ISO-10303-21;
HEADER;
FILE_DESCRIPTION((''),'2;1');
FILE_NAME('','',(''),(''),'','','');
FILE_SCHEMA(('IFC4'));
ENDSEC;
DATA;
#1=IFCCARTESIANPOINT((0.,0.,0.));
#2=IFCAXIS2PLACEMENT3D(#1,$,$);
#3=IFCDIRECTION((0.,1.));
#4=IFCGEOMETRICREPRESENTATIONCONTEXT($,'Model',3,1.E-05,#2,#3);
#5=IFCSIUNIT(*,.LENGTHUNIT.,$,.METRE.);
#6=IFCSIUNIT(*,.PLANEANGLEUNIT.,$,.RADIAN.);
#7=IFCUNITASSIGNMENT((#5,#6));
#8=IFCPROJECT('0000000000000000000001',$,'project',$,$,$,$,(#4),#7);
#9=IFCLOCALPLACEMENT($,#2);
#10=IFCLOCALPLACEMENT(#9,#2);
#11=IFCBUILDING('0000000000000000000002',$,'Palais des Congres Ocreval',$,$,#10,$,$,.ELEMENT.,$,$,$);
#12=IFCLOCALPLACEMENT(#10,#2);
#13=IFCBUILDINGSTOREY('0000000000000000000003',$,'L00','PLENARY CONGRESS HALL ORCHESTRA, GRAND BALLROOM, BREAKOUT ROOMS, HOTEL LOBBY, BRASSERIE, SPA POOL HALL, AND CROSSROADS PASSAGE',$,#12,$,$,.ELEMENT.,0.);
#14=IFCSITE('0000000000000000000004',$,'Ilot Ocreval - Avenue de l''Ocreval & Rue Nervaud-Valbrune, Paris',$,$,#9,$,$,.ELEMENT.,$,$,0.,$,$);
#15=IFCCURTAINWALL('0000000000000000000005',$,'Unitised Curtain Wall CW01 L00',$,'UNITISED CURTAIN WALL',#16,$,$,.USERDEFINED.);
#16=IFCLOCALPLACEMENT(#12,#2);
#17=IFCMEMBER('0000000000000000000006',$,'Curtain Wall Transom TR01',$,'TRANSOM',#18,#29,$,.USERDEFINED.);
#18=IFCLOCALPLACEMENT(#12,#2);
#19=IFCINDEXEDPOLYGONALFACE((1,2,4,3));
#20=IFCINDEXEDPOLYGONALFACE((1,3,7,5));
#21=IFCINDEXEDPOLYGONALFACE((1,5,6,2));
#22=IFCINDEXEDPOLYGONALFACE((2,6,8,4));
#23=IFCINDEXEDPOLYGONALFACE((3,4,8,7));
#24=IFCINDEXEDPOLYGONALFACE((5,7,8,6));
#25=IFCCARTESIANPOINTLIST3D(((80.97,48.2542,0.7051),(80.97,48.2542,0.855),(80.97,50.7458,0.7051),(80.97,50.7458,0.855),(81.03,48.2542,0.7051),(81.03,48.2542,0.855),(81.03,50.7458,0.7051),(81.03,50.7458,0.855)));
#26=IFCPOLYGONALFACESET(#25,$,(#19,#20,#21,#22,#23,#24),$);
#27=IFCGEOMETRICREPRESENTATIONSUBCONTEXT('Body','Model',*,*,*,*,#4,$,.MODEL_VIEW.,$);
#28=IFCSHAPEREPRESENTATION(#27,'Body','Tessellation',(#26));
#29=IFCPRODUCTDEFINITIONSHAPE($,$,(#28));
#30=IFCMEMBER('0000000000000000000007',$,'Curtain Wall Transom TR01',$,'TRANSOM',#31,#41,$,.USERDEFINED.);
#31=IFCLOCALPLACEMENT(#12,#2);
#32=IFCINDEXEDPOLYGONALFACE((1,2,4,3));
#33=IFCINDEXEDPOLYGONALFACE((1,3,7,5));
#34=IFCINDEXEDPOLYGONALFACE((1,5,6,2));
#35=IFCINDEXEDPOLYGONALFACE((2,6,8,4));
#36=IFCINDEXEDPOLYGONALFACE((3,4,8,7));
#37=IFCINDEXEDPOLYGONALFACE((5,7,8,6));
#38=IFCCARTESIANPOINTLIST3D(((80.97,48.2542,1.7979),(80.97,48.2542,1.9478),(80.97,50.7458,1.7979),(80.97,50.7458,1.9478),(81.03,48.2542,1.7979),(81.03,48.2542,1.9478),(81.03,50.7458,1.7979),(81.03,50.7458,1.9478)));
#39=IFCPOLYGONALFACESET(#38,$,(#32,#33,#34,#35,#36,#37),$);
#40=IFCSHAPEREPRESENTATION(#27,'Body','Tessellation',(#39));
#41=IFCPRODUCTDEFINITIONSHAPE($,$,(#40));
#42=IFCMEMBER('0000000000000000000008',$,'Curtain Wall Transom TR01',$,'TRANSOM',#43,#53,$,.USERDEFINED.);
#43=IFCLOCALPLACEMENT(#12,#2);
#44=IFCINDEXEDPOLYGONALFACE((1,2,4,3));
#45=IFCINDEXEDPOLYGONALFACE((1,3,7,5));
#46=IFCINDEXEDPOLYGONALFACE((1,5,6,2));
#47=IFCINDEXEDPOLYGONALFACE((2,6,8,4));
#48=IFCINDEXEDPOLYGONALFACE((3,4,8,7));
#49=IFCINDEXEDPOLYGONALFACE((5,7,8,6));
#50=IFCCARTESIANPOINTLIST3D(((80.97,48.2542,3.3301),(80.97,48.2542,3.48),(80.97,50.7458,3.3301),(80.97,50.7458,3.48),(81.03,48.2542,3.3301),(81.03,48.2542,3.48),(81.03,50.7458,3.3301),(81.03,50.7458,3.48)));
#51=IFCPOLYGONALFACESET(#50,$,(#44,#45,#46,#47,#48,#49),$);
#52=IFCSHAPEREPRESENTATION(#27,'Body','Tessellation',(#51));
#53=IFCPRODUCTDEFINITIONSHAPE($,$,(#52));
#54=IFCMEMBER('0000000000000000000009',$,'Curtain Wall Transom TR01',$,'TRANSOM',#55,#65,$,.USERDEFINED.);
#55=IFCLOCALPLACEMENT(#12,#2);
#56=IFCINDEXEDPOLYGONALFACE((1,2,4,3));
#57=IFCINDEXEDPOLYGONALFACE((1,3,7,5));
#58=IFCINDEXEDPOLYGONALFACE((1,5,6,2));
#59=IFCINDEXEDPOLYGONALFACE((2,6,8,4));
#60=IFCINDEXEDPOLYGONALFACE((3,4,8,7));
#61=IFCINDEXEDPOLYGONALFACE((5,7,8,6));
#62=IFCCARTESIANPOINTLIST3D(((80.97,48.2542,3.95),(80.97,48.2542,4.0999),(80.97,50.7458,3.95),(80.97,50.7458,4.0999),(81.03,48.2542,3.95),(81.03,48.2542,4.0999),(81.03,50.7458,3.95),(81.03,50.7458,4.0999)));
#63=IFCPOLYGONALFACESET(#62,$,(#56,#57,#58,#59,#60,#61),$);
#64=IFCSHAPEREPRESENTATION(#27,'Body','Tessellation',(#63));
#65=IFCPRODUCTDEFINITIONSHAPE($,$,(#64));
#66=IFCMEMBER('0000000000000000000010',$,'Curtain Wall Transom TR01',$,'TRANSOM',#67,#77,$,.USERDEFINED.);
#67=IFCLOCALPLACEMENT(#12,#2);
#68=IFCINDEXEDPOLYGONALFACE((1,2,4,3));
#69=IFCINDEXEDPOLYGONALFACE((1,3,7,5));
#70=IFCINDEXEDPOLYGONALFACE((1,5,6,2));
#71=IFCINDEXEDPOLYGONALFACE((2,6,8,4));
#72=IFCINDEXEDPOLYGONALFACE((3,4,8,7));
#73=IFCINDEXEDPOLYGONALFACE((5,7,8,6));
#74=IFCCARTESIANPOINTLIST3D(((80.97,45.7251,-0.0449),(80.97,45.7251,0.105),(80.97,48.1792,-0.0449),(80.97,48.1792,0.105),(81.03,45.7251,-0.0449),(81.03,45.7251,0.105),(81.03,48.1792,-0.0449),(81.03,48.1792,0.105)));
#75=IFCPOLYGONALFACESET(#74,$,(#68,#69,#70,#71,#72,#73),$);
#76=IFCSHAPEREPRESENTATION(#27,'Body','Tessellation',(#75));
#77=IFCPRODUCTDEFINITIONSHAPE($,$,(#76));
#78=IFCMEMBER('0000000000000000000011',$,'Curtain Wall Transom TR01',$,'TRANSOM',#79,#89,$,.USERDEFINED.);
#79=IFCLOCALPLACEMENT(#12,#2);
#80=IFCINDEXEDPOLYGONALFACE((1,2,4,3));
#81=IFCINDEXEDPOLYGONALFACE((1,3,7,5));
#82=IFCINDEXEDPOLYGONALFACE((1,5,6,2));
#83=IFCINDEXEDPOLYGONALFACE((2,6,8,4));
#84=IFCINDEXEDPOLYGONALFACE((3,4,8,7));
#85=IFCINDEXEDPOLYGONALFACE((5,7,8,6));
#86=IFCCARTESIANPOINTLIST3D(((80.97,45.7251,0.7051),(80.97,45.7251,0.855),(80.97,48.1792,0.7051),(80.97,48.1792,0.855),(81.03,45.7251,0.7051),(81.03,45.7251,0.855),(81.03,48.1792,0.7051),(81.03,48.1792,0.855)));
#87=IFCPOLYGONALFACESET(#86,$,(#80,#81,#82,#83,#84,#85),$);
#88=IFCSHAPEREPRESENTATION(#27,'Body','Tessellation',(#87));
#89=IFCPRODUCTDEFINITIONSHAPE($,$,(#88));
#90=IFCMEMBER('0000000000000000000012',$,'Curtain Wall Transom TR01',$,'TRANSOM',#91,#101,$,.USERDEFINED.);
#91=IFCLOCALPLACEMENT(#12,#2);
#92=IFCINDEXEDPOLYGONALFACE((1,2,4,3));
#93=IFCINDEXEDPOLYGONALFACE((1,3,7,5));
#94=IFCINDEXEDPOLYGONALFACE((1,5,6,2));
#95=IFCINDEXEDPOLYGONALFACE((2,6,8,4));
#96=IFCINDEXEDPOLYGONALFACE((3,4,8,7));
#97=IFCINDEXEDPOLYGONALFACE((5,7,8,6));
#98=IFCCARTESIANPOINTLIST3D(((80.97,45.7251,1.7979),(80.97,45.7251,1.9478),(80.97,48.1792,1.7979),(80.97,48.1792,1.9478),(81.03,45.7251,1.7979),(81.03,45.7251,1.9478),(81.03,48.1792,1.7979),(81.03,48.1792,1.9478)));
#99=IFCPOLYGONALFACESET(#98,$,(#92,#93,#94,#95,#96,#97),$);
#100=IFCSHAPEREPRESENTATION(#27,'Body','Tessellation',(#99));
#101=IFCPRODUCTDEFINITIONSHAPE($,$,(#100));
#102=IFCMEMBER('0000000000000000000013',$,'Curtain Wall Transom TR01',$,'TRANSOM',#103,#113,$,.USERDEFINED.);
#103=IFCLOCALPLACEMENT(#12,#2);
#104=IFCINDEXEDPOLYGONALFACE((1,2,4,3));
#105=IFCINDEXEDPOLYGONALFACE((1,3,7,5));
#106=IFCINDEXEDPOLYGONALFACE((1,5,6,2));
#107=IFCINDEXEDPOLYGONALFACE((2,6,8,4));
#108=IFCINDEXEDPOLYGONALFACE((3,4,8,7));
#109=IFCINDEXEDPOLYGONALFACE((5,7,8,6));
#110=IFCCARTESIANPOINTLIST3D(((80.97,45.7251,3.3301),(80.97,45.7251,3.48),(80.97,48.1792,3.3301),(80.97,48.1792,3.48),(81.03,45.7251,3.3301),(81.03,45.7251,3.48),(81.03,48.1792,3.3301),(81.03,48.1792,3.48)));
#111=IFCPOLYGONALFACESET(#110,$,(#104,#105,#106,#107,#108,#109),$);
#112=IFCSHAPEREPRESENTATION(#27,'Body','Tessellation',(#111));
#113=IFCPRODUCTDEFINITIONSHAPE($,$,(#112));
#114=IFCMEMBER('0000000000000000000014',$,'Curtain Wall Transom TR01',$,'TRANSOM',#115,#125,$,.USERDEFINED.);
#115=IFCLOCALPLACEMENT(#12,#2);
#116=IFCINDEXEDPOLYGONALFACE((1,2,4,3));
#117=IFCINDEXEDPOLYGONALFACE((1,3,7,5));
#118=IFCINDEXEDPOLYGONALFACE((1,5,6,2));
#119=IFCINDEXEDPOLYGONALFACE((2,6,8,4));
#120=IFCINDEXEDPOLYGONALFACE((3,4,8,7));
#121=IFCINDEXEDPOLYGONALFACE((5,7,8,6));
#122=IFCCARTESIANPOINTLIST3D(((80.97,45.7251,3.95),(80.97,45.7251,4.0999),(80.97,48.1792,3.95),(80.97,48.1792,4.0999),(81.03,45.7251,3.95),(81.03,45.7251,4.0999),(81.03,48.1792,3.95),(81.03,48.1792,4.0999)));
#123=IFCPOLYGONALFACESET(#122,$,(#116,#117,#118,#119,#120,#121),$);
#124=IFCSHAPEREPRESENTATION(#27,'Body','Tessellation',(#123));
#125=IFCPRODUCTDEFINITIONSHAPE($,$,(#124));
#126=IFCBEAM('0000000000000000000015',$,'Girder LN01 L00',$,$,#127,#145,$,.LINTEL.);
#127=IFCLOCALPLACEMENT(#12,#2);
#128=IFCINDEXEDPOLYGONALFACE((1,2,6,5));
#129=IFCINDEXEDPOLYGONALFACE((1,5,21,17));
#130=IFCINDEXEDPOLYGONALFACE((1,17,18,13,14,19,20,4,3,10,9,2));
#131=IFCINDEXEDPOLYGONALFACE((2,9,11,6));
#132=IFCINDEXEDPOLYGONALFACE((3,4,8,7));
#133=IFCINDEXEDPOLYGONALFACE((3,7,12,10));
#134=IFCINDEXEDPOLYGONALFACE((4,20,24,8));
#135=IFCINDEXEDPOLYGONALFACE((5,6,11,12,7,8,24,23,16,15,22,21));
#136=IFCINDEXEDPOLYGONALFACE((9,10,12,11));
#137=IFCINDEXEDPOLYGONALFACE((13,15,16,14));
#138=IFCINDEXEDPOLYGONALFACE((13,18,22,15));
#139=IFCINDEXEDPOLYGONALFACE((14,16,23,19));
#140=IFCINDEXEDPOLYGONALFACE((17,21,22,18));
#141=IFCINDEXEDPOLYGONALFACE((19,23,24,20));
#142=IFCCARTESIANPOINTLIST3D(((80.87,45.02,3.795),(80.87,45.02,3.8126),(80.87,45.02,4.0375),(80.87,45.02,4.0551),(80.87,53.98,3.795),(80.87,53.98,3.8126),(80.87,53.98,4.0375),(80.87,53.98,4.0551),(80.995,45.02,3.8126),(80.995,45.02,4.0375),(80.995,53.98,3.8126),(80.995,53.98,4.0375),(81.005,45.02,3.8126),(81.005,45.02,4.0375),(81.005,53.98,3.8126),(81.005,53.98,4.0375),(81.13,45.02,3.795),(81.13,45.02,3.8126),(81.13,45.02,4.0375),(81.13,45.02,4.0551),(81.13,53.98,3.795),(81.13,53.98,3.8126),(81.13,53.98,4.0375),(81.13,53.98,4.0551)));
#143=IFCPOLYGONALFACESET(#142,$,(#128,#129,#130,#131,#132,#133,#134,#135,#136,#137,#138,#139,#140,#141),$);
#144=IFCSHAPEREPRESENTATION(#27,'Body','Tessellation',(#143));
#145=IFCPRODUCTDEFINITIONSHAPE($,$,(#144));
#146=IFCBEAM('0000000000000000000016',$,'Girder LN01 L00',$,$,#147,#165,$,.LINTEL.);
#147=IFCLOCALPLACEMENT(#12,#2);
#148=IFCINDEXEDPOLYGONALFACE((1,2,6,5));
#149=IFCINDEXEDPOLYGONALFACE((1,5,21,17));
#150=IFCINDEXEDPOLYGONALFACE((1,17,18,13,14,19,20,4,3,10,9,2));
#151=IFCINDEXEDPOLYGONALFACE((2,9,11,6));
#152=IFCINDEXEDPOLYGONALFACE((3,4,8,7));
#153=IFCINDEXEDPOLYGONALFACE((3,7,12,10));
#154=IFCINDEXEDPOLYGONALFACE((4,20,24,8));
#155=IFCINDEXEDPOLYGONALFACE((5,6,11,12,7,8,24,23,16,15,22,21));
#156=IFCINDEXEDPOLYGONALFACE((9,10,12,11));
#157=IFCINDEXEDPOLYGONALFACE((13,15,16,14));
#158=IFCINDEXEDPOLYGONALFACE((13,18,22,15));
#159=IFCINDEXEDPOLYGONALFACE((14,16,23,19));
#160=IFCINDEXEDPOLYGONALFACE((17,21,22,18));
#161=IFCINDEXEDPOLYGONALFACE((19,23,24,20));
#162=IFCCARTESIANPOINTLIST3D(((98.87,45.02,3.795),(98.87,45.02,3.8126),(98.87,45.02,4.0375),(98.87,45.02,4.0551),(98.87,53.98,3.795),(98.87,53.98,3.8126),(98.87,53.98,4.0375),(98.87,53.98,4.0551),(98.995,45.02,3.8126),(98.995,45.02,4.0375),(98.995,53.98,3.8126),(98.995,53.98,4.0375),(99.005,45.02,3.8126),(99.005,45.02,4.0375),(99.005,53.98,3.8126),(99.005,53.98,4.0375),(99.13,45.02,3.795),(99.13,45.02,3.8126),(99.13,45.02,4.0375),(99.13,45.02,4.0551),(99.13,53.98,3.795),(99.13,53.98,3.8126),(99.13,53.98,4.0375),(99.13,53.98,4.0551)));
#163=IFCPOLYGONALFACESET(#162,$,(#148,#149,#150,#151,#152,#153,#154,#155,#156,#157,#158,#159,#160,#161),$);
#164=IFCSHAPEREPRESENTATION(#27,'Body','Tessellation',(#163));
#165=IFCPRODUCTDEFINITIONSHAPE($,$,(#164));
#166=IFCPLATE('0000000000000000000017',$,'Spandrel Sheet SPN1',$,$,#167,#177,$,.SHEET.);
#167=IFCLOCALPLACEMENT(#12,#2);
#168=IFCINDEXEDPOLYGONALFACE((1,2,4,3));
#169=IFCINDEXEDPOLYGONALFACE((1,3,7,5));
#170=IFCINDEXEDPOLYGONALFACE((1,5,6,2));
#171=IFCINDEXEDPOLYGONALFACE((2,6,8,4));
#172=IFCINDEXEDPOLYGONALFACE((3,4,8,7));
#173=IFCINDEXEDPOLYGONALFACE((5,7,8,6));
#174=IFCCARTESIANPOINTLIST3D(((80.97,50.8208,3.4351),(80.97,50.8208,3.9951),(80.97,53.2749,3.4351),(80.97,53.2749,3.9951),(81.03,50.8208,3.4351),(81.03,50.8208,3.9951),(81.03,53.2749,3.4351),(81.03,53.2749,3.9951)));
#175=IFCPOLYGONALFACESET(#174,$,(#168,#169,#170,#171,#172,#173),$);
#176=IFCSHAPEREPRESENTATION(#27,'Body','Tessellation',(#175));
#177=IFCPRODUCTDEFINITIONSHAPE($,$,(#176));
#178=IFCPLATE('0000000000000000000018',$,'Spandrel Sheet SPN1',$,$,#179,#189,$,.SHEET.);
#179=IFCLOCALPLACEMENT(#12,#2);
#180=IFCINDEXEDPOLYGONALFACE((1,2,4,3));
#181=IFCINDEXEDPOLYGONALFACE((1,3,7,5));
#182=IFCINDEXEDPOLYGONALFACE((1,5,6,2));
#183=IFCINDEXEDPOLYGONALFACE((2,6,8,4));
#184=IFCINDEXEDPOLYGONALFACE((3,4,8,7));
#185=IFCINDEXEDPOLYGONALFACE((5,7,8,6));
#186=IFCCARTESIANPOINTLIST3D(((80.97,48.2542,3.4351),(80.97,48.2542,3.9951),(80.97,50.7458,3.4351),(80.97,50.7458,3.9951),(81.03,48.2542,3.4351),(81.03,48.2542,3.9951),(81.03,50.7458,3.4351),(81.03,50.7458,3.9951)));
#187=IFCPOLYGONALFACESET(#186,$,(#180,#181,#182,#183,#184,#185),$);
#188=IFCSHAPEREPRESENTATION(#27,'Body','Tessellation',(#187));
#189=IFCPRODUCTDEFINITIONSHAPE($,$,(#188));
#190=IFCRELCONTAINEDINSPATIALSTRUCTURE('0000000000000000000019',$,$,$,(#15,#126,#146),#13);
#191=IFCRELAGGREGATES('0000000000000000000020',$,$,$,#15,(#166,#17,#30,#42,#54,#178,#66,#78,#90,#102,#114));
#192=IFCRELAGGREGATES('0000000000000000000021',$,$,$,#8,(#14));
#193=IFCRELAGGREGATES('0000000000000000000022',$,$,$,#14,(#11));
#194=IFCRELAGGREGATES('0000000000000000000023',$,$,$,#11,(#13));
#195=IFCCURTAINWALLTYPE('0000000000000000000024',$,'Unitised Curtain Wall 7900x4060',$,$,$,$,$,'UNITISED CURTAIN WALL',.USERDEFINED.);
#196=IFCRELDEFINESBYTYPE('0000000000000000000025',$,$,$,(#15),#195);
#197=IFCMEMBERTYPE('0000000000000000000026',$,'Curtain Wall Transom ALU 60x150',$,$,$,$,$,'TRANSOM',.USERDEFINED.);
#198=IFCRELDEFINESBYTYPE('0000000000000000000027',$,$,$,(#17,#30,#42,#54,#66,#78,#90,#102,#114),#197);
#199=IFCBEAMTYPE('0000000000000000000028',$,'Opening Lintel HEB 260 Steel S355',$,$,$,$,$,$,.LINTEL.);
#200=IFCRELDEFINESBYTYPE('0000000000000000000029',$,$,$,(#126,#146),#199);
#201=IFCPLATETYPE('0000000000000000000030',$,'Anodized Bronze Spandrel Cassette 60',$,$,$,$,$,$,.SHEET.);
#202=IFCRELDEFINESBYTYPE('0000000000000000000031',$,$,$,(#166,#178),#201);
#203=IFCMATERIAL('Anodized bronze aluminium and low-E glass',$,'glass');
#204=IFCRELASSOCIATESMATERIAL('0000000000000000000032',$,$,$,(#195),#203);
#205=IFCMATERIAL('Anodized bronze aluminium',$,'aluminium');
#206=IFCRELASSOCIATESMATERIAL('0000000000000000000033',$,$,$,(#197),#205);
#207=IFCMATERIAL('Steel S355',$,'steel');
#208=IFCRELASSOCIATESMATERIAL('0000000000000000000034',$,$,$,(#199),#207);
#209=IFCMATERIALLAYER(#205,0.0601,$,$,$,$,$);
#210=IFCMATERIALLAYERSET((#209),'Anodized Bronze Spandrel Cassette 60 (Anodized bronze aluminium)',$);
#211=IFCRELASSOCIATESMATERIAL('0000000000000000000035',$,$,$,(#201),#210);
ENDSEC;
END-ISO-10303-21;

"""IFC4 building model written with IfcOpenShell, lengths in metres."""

from ifc_helpers import new_model, si_unit, direction, frame, origin, origin_2d, place, context, subcontext, project, spatial, rectangle, i_section, extrude, material, layer, layer_set, material_profile, profile_set, type_object, element, aggregate, save


model = new_model("IFC4")

# Units and contexts
model_context = context("Model", 3, precision=1e-05, world=origin(), true_north=direction((0.0, 1.0)))
body_context = subcontext(model_context, "Body", "Model", "MODEL_VIEW")
ifc_project = project(units=[si_unit("LENGTHUNIT", "METRE"), si_unit("PLANEANGLEUNIT", "RADIAN")], contexts=[model_context])

# Site, building, storey
site_placement = place(None, origin())
site = spatial("IfcSite", under=ifc_project, at=site_placement, Name="Ilot Ocreval - Avenue de l'Ocreval & Rue Nervaud-Valbrune, Paris", CompositionType="ELEMENT", RefElevation=0.0)
building_placement = place(site_placement, origin())
building = spatial("IfcBuilding", under=site, at=building_placement, Name="Palais des Congres Ocreval", CompositionType="ELEMENT")
storey_placement = place(building_placement, origin())
storey = spatial("IfcBuildingStorey", under=building, at=storey_placement, Name="L00", Description="PLENARY CONGRESS HALL ORCHESTRA, GRAND BALLROOM, BREAKOUT ROOMS, HOTEL LOBBY, BRASSERIE, SPA POOL HALL, AND CROSSROADS PASSAGE", CompositionType="ELEMENT", Elevation=0.0)

# Shared definitions
ifc_material_1 = material(Name="Steel S355", Category="steel")

# Curtain wall, members
ifc_material_2 = material(Name="Anodized bronze aluminium and low-E glass", Category="glass")
curtain_wall_type = type_object("IfcCurtainWallType", Name="Unitised Curtain Wall 7900x4060", ElementType="UNITISED CURTAIN WALL", PredefinedType="USERDEFINED", material=ifc_material_2)
curtain_wall_placement = place(storey_placement, origin())
curtain_wall = element("IfcCurtainWall", 1, at=curtain_wall_placement, inside=storey, type_object=curtain_wall_type, Name="Unitised Curtain Wall CW01 L00", ObjectType="UNITISED CURTAIN WALL", PredefinedType="USERDEFINED")
ifc_material_3 = material(Name="Anodized bronze aluminium", Category="aluminium")
ifc_material_profile_1 = material_profile(ifc_material_3, rectangle(XDim=0.0601, YDim=0.1499, at=origin_2d()), Name="ALU 60x150")
ifc_profile_set_1 = profile_set([ifc_material_profile_1], Name="Anodized bronze aluminium")
member_type_1 = type_object("IfcMemberType", Name="Curtain Wall Transom ALU 60x150", ElementType="TRANSOM", PredefinedType="USERDEFINED", material=ifc_profile_set_1)
member_1_placement = place(storey_placement, frame((81.0, 50.7458, 0.78), z_axis=(0.0, -1.0, 0.0), x_axis=(1.0, 0.0, 0.0)))
member_1 = element("IfcMember", 2, at=member_1_placement, type_object=member_type_1, Name="Curtain Wall Transom TR01", ObjectType="TRANSOM", PredefinedType="USERDEFINED", context=body_context, shape_type="SweptSolid", body=[
    extrude(rectangle(XDim=0.0601, YDim=0.1499, at=origin_2d()), origin(), (0.0, 0.0, 1.0), 2.4917),
])
member_2_placement = place(storey_placement, frame((81.0, 50.7458, 1.8728), z_axis=(0.0, -1.0, 0.0), x_axis=(1.0, 0.0, 0.0)))
member_2 = element("IfcMember", 3, at=member_2_placement, type_object=member_type_1, Name="Curtain Wall Transom TR01", ObjectType="TRANSOM", PredefinedType="USERDEFINED", context=body_context, shape_type="SweptSolid", body=[
    extrude(rectangle(XDim=0.0601, YDim=0.1499, at=origin_2d()), origin(), (0.0, 0.0, 1.0), 2.4917),
])
member_3_placement = place(storey_placement, frame((81.0, 50.7458, 3.405), z_axis=(0.0, -1.0, 0.0), x_axis=(1.0, 0.0, 0.0)))
member_3 = element("IfcMember", 4, at=member_3_placement, type_object=member_type_1, Name="Curtain Wall Transom TR01", ObjectType="TRANSOM", PredefinedType="USERDEFINED", context=body_context, shape_type="SweptSolid", body=[
    extrude(rectangle(XDim=0.0601, YDim=0.1499, at=origin_2d()), origin(), (0.0, 0.0, 1.0), 2.4917),
])
member_4_placement = place(storey_placement, frame((81.0, 50.7458, 4.0249), z_axis=(0.0, -1.0, 0.0), x_axis=(1.0, 0.0, 0.0)))
member_4 = element("IfcMember", 5, at=member_4_placement, type_object=member_type_1, Name="Curtain Wall Transom TR01", ObjectType="TRANSOM", PredefinedType="USERDEFINED", context=body_context, shape_type="SweptSolid", body=[
    extrude(rectangle(XDim=0.0601, YDim=0.1499, at=origin_2d()), origin(), (0.0, 0.0, 1.0), 2.4917),
])
member_5_placement = place(storey_placement, frame((81.0, 48.1792, 0.03), z_axis=(0.0, -1.0, 0.0), x_axis=(1.0, 0.0, 0.0)))
member_5 = element("IfcMember", 6, at=member_5_placement, type_object=member_type_1, Name="Curtain Wall Transom TR01", ObjectType="TRANSOM", PredefinedType="USERDEFINED", context=body_context, shape_type="SweptSolid", body=[
    extrude(rectangle(XDim=0.0601, YDim=0.1499, at=origin_2d()), origin(), (0.0, 0.0, 1.0), 2.4541),
])
member_6_placement = place(storey_placement, frame((81.0, 48.1792, 0.78), z_axis=(0.0, -1.0, 0.0), x_axis=(1.0, 0.0, 0.0)))
member_6 = element("IfcMember", 7, at=member_6_placement, type_object=member_type_1, Name="Curtain Wall Transom TR01", ObjectType="TRANSOM", PredefinedType="USERDEFINED", context=body_context, shape_type="SweptSolid", body=[
    extrude(rectangle(XDim=0.0601, YDim=0.1499, at=origin_2d()), origin(), (0.0, 0.0, 1.0), 2.4541),
])
member_7_placement = place(storey_placement, frame((81.0, 48.1792, 1.8728), z_axis=(0.0, -1.0, 0.0), x_axis=(1.0, 0.0, 0.0)))
member_7 = element("IfcMember", 8, at=member_7_placement, type_object=member_type_1, Name="Curtain Wall Transom TR01", ObjectType="TRANSOM", PredefinedType="USERDEFINED", context=body_context, shape_type="SweptSolid", body=[
    extrude(rectangle(XDim=0.0601, YDim=0.1499, at=origin_2d()), origin(), (0.0, 0.0, 1.0), 2.4541),
])
member_8_placement = place(storey_placement, frame((81.0, 48.1792, 3.405), z_axis=(0.0, -1.0, 0.0), x_axis=(1.0, 0.0, 0.0)))
member_8 = element("IfcMember", 9, at=member_8_placement, type_object=member_type_1, Name="Curtain Wall Transom TR01", ObjectType="TRANSOM", PredefinedType="USERDEFINED", context=body_context, shape_type="SweptSolid", body=[
    extrude(rectangle(XDim=0.0601, YDim=0.1499, at=origin_2d()), origin(), (0.0, 0.0, 1.0), 2.4541),
])
member_9_placement = place(storey_placement, frame((81.0, 48.1792, 4.0249), z_axis=(0.0, -1.0, 0.0), x_axis=(1.0, 0.0, 0.0)))
member_9 = element("IfcMember", 10, at=member_9_placement, type_object=member_type_1, Name="Curtain Wall Transom TR01", ObjectType="TRANSOM", PredefinedType="USERDEFINED", context=body_context, shape_type="SweptSolid", body=[
    extrude(rectangle(XDim=0.0601, YDim=0.1499, at=origin_2d()), origin(), (0.0, 0.0, 1.0), 2.4541),
])

# Beams
ifc_material_profile_2 = material_profile(ifc_material_1, i_section(OverallWidth=0.26, OverallDepth=0.26, WebThickness=0.01, FlangeThickness=0.0176, at=origin_2d()), Name="HEB 260")
ifc_profile_set_2 = profile_set([ifc_material_profile_2], Name="Steel S355")
beam_type = type_object("IfcBeamType", Name="Opening Lintel HEB 260 Steel S355", PredefinedType="LINTEL", material=ifc_profile_set_2)
for number, where, z_axis, x_axis, name in (
    (11, (81.0, 45.02, 3.925), (0.0, 1.0, 0.0), (-1.0, 0.0, 0.0), "Girder LN01 L00"),
    (12, (99.0, 45.02, 3.925), (0.0, 1.0, 0.0), (-1.0, 0.0, 0.0), "Girder LN01 L00"),
):
    element("IfcBeam", number, at=place(storey_placement, frame(where, z_axis=z_axis, x_axis=x_axis)), inside=storey, type_object=beam_type, Name=name, PredefinedType="LINTEL", context=body_context, shape_type="SweptSolid", body=[
        extrude(i_section(OverallWidth=0.26, OverallDepth=0.26, WebThickness=0.01, FlangeThickness=0.0176, at=origin_2d()), origin(), (0.0, 0.0, 1.0), 8.96),
    ])

# Plates
ifc_layer_1 = layer(ifc_material_3, 0.0601)
ifc_layer_set_1 = layer_set([ifc_layer_1], Name="Anodized Bronze Spandrel Cassette 60 (Anodized bronze aluminium)")
plate_type_1 = type_object("IfcPlateType", Name="Anodized Bronze Spandrel Cassette 60", PredefinedType="SHEET", material=ifc_layer_set_1)
plate_1_placement = place(storey_placement, frame((81.0, 52.0479, 3.4351), z_axis=(0.0, 0.0, 1.0), x_axis=(0.0, -1.0, 0.0)))
plate_1 = element("IfcPlate", 13, at=plate_1_placement, type_object=plate_type_1, Name="Spandrel Sheet SPN1", PredefinedType="SHEET", context=body_context, shape_type="SweptSolid", body=[
    extrude(rectangle(XDim=2.4541, YDim=0.0601, at=origin_2d()), origin(), (0.0, 0.0, 1.0), 0.5601),
])
plate_2_placement = place(storey_placement, frame((81.0, 49.5, 3.4351), z_axis=(0.0, 0.0, 1.0), x_axis=(0.0, -1.0, 0.0)))
plate_2 = element("IfcPlate", 14, at=plate_2_placement, type_object=plate_type_1, Name="Spandrel Sheet SPN1", PredefinedType="SHEET", context=body_context, shape_type="SweptSolid", body=[
    extrude(rectangle(XDim=2.4917, YDim=0.0601, at=origin_2d()), origin(), (0.0, 0.0, 1.0), 0.5601),
])
aggregate(curtain_wall, [plate_1, member_1, member_2, member_3, member_4, plate_2, member_5, member_6, member_7, member_8, member_9])

save(model, "model.ifc")
